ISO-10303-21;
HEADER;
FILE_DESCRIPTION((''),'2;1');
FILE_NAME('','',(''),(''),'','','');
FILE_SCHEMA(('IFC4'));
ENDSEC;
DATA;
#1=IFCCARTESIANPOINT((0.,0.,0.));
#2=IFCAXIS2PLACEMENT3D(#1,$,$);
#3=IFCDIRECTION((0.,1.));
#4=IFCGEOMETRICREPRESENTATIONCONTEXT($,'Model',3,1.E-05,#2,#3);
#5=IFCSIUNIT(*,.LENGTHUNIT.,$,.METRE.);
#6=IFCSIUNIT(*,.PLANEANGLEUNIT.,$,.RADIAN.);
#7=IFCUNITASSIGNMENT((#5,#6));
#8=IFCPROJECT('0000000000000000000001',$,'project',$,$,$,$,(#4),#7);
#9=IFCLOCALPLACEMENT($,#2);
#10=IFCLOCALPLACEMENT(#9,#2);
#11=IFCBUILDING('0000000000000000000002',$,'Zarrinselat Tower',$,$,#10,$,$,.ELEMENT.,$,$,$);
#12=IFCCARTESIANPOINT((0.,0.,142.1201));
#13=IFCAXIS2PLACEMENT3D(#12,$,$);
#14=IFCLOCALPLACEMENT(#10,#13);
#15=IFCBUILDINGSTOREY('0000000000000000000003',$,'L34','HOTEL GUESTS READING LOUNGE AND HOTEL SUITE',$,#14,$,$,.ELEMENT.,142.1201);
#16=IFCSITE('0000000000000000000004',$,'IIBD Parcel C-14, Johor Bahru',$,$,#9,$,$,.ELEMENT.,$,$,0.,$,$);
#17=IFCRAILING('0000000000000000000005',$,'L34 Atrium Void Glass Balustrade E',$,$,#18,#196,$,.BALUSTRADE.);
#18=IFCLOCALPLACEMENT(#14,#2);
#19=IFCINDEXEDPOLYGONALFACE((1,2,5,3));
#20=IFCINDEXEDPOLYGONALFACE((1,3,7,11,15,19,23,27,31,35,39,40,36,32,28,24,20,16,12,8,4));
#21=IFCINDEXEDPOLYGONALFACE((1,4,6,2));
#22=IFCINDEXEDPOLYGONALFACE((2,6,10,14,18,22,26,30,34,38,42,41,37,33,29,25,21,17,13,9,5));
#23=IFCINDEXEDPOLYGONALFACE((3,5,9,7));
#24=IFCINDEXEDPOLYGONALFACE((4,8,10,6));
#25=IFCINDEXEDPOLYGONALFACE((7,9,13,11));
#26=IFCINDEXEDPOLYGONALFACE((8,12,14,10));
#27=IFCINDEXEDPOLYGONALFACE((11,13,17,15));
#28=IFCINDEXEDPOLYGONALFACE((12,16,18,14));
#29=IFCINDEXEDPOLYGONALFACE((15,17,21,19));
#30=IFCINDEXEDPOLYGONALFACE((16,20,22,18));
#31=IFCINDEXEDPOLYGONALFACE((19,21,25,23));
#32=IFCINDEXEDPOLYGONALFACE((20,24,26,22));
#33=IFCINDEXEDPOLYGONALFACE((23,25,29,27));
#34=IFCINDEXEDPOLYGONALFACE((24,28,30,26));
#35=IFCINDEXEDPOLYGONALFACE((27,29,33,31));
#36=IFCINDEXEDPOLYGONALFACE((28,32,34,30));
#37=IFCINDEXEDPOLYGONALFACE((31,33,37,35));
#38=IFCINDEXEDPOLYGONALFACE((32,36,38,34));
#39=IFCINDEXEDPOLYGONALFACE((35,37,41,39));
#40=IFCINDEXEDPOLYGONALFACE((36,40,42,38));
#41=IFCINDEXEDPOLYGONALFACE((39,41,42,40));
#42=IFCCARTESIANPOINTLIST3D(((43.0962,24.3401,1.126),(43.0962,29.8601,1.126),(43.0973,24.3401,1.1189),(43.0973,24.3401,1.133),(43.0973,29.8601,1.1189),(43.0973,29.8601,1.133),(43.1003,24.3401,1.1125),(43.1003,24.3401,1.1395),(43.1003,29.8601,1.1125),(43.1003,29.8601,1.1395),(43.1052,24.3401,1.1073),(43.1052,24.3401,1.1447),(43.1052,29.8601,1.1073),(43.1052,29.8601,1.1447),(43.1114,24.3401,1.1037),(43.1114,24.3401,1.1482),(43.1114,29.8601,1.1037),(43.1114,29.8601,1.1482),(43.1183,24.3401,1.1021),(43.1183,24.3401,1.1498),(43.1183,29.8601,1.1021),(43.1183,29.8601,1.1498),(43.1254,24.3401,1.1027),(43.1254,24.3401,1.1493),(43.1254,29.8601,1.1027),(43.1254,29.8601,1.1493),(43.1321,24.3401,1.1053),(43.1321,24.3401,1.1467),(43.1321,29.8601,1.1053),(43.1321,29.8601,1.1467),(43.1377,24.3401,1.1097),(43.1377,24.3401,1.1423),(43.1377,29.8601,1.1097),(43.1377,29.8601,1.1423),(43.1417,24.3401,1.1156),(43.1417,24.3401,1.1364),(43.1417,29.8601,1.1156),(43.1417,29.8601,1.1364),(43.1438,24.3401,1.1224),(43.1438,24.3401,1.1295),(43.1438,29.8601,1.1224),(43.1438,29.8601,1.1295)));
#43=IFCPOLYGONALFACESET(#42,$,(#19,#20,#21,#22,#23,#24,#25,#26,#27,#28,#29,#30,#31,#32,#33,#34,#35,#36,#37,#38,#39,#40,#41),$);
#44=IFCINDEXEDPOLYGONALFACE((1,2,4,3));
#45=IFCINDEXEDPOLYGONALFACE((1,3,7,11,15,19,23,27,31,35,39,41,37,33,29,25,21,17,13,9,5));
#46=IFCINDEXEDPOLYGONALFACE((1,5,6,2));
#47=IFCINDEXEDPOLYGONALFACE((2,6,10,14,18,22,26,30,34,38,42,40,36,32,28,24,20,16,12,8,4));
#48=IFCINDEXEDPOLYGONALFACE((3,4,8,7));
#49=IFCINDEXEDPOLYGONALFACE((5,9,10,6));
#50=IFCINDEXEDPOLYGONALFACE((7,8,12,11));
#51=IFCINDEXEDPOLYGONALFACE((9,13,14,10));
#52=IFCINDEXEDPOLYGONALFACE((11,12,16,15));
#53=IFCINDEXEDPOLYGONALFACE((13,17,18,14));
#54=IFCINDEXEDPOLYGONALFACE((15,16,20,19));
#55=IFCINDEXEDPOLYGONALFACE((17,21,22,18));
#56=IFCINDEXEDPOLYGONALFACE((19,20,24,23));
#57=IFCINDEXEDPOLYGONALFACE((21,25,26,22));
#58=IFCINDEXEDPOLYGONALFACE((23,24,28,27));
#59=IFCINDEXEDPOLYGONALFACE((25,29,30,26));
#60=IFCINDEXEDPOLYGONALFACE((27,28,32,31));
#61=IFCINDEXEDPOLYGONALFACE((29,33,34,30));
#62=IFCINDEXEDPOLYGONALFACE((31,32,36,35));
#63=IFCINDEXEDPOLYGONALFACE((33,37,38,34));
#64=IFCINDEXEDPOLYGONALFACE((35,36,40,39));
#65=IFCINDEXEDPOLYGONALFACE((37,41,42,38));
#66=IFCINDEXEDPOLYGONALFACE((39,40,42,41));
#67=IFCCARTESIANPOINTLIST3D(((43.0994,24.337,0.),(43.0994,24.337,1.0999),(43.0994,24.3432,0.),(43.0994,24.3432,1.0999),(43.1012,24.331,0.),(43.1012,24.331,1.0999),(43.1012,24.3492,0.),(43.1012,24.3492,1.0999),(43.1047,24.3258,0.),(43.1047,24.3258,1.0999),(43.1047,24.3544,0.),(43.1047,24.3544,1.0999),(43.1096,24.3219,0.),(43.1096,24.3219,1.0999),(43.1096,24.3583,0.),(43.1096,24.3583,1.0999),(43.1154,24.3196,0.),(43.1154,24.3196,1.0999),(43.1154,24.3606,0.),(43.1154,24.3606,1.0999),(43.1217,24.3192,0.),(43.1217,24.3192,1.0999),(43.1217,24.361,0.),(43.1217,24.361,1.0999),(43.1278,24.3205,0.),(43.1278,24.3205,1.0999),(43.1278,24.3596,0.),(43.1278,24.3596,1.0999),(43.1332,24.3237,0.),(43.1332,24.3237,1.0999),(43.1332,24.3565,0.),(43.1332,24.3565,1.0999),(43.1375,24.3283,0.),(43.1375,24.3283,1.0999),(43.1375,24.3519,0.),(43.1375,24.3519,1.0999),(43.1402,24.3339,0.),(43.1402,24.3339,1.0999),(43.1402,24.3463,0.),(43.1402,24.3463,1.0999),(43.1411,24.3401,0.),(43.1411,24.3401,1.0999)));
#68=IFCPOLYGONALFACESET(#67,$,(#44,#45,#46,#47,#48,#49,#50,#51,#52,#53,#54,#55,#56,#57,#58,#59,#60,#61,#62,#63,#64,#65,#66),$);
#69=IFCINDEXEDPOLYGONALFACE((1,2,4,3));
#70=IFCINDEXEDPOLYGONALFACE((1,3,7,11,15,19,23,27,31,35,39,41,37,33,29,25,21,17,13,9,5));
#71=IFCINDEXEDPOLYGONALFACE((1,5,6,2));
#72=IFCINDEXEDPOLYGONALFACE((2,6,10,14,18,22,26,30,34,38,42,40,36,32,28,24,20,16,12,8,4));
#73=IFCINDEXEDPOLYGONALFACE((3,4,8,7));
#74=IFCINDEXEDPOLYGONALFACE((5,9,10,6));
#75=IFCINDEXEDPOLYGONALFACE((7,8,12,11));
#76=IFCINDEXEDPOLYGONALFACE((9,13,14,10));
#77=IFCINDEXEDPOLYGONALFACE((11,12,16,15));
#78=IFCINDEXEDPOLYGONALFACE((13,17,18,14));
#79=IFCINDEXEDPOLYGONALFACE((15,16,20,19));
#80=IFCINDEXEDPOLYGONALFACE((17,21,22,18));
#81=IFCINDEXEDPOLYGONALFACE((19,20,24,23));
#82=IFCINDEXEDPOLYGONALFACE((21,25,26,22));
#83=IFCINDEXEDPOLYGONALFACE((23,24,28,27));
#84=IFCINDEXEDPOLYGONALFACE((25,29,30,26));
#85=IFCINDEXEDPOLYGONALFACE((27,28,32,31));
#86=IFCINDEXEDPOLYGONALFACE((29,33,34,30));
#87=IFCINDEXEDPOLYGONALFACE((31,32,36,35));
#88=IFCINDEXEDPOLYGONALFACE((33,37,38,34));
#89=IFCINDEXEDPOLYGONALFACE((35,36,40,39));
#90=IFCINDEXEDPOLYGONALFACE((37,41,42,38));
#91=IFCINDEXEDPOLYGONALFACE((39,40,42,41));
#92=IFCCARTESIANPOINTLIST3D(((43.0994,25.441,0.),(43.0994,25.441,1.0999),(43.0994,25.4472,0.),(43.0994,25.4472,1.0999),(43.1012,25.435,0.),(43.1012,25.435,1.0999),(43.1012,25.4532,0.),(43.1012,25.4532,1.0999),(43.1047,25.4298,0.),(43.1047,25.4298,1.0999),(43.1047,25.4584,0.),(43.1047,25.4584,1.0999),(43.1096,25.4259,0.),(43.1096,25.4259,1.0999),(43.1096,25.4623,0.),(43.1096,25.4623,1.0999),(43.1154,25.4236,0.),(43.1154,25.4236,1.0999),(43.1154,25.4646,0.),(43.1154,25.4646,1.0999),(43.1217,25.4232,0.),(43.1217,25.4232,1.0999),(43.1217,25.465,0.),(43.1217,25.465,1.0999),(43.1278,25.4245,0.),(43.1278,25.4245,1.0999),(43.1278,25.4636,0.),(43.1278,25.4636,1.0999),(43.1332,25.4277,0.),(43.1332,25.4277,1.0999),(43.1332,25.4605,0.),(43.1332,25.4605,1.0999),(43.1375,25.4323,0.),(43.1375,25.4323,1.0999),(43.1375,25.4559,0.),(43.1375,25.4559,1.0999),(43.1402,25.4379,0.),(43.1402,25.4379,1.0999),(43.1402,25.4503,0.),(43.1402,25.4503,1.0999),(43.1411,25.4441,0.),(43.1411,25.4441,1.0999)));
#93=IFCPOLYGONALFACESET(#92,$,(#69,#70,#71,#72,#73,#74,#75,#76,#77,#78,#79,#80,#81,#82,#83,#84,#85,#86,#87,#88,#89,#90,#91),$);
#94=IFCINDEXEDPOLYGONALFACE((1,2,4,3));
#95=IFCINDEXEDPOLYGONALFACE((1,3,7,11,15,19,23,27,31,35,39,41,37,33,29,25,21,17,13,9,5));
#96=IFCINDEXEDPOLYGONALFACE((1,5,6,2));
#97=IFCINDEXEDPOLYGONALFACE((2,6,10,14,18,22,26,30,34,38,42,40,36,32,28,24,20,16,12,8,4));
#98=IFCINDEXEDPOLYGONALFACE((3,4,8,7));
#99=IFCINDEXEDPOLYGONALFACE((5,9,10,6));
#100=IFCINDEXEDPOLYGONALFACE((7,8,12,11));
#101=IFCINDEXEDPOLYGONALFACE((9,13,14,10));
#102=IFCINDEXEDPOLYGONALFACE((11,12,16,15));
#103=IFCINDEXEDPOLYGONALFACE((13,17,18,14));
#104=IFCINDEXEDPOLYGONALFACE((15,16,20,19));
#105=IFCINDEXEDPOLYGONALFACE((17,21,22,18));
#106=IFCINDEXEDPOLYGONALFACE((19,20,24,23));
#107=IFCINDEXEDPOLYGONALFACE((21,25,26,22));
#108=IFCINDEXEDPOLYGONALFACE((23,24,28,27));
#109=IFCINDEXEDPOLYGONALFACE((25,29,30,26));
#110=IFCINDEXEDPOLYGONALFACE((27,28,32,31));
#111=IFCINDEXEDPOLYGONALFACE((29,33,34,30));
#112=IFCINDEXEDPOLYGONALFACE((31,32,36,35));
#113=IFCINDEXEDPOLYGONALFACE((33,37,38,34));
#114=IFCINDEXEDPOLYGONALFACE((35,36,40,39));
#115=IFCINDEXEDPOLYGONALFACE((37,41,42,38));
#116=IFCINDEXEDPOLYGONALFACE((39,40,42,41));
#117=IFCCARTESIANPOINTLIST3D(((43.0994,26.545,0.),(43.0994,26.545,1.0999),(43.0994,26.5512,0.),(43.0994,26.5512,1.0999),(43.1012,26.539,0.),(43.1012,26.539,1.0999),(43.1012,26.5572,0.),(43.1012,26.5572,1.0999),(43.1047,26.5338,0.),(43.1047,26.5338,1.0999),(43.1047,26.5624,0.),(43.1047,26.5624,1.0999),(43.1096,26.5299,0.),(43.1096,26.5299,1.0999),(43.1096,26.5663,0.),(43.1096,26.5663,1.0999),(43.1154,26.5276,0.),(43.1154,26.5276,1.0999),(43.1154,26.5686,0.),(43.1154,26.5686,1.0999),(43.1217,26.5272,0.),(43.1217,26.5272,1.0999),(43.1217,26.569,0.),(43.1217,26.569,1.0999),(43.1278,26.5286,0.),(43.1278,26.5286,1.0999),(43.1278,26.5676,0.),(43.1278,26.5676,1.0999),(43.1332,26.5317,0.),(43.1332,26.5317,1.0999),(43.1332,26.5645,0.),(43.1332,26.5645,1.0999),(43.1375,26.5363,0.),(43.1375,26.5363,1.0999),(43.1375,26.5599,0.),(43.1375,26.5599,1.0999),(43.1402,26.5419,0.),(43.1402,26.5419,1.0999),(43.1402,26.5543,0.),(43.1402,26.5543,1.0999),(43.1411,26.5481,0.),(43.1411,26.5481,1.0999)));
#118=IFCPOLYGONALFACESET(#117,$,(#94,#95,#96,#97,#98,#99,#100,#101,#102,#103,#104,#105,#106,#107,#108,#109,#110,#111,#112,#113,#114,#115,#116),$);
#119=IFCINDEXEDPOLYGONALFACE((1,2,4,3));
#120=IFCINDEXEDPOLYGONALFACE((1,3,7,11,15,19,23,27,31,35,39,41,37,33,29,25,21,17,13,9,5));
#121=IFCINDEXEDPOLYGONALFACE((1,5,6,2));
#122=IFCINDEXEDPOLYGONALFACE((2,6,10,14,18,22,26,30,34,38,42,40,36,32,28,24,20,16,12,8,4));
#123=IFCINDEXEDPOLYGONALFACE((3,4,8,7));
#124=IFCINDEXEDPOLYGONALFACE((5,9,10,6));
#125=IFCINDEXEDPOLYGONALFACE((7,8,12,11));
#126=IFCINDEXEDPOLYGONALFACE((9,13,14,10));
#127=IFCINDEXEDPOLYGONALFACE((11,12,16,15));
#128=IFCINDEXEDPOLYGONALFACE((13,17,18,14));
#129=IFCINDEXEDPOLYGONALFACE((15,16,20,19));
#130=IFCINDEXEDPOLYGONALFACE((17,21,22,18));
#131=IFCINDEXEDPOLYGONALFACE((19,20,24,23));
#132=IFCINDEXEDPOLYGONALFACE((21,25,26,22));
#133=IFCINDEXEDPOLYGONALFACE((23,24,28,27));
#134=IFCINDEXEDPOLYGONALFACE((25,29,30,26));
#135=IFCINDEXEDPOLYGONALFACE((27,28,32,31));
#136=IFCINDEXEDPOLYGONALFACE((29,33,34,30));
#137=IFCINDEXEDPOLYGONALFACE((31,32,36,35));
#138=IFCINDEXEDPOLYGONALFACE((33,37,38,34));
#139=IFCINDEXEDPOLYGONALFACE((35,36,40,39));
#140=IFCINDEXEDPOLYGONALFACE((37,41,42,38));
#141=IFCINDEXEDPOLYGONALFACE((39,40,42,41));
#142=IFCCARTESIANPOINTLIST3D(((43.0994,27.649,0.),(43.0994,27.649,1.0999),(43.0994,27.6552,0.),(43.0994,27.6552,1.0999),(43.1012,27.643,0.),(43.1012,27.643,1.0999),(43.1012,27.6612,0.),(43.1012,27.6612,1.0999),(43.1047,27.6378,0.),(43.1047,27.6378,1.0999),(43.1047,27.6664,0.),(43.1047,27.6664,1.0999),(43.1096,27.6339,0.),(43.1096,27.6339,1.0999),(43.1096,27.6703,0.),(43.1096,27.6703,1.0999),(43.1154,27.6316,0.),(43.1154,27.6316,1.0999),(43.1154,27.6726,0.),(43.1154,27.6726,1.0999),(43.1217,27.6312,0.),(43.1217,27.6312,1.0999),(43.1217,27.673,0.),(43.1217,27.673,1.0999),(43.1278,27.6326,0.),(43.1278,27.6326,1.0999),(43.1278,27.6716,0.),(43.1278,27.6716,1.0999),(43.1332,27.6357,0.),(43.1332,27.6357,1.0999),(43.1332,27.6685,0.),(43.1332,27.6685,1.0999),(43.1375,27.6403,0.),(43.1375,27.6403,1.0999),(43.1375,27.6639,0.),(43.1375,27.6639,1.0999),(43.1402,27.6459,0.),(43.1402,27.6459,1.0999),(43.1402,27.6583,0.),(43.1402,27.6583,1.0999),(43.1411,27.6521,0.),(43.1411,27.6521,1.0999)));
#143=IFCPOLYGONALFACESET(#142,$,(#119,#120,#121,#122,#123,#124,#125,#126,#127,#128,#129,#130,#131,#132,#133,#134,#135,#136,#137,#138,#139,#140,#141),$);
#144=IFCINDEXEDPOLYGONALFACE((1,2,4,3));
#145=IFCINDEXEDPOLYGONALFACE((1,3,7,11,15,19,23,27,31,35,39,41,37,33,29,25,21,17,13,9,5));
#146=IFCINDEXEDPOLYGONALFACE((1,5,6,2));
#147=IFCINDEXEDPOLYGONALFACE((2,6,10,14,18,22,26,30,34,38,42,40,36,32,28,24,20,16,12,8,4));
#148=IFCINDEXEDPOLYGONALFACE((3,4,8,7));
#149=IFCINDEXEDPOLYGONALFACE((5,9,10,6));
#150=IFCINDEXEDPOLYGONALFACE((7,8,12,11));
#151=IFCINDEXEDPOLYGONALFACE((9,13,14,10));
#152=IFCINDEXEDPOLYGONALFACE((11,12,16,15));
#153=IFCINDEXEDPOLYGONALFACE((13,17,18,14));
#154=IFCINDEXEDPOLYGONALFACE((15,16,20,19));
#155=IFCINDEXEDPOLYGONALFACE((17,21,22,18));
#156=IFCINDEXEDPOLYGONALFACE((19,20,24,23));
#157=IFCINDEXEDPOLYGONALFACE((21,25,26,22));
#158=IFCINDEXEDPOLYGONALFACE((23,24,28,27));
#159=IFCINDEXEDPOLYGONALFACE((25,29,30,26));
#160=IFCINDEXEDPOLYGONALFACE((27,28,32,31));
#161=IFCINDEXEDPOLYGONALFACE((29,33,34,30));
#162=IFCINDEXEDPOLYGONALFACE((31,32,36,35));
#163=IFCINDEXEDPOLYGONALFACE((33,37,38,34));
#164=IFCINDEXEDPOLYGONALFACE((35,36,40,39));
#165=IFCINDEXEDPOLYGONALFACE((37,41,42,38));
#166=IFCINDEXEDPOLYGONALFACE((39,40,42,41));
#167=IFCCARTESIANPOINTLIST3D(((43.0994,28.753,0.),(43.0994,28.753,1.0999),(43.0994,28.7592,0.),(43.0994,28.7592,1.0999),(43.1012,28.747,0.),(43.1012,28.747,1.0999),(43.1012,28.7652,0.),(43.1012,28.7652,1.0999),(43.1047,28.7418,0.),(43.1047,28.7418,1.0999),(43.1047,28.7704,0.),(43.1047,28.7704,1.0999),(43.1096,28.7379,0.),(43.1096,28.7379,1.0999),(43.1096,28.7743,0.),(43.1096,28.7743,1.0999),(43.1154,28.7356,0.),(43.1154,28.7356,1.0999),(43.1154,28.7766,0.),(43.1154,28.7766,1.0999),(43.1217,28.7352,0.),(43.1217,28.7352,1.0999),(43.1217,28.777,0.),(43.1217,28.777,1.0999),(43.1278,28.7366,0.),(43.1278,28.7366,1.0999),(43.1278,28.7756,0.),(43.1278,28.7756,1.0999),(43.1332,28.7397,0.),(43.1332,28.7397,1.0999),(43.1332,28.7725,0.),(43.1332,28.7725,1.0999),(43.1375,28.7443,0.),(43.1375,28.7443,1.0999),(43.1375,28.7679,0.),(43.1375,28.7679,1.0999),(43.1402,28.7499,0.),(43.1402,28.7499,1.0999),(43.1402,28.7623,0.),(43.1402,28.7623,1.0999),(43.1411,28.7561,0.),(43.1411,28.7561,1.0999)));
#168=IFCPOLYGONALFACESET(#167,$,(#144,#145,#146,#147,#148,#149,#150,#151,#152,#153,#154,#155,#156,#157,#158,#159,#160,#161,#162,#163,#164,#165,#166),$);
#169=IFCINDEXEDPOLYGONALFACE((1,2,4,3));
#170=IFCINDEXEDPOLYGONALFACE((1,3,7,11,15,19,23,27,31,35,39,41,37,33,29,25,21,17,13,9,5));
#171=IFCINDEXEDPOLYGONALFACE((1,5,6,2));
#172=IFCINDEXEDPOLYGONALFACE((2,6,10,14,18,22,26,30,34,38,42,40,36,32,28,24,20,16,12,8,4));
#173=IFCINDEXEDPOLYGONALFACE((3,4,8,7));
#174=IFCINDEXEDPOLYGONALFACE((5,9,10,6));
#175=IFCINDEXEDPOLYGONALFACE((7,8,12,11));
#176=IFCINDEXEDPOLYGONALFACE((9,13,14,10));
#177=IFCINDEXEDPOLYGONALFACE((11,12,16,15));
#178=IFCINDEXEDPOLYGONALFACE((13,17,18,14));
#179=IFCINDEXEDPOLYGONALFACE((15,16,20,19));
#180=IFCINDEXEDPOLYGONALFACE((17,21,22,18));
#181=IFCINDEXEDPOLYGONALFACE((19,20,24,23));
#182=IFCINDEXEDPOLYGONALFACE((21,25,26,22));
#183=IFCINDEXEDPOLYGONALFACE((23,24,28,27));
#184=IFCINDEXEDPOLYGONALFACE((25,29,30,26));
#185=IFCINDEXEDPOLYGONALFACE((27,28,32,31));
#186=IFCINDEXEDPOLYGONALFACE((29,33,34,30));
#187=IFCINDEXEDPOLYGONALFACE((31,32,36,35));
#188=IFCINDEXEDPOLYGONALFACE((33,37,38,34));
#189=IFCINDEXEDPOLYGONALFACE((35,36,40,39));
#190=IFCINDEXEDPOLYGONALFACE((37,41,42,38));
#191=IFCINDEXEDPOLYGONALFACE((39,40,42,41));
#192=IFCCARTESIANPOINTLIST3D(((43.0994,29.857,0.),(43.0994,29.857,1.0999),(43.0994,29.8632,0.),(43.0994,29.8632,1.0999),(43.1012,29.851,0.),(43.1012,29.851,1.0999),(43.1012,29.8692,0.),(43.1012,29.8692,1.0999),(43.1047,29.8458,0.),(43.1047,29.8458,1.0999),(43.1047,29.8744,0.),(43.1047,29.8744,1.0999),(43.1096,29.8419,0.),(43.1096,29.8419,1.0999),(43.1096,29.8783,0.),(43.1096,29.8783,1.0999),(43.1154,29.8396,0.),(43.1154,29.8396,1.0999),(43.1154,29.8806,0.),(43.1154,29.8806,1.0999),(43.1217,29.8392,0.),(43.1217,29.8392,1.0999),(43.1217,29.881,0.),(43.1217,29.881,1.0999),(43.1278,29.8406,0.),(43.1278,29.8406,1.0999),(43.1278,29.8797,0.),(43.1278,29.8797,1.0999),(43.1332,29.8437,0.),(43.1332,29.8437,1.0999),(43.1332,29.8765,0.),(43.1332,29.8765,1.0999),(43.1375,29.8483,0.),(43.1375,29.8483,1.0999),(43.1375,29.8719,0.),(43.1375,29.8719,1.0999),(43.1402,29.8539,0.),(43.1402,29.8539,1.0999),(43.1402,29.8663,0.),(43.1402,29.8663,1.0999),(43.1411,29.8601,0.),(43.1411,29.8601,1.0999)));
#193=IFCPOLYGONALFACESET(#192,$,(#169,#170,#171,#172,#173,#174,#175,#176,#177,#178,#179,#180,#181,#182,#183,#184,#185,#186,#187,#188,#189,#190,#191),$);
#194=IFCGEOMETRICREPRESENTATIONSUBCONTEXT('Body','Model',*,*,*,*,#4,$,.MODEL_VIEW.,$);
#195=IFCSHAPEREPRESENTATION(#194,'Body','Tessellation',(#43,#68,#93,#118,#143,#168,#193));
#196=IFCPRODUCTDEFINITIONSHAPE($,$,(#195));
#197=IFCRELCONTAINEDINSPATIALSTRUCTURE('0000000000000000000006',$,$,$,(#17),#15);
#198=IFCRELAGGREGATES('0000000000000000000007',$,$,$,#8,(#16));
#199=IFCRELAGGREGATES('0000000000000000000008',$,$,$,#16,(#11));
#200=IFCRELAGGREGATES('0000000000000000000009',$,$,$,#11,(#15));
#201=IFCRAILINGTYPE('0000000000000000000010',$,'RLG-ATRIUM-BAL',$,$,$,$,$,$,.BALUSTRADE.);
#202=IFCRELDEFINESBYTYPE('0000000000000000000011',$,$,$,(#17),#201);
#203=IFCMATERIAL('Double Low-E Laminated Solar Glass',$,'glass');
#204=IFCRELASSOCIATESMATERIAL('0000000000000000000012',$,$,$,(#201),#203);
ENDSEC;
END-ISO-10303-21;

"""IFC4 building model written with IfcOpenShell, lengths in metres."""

from ifc_helpers import new_model, si_unit, direction, frame, origin, origin_2d, place, context, subcontext, project, spatial, circle, extrude, material, type_object, element, save


model = new_model("IFC4")

# Units and contexts
model_context = context("Model", 3, precision=1e-05, world=origin(), true_north=direction((0.0, 1.0)))
body_context = subcontext(model_context, "Body", "Model", "MODEL_VIEW")
ifc_project = project(units=[si_unit("LENGTHUNIT", "METRE"), si_unit("PLANEANGLEUNIT", "RADIAN")], contexts=[model_context])

# Site, building, storey
site_placement = place(None, origin())
site = spatial("IfcSite", under=ifc_project, at=site_placement, Name="IIBD Parcel C-14, Johor Bahru", CompositionType="ELEMENT", RefElevation=0.0)
building_placement = place(site_placement, origin())
building = spatial("IfcBuilding", under=site, at=building_placement, Name="Zarrinselat Tower", CompositionType="ELEMENT")
storey_placement = place(building_placement, frame((0.0, 0.0, 142.1201)))
storey = spatial("IfcBuildingStorey", under=building, at=storey_placement, Name="L34", Description="HOTEL GUESTS READING LOUNGE AND HOTEL SUITE", CompositionType="ELEMENT", Elevation=142.1201)

# Railing
ifc_material_1 = material(Name="Double Low-E Laminated Solar Glass", Category="glass")
railing_type = type_object("IfcRailingType", Name="RLG-ATRIUM-BAL", PredefinedType="BALUSTRADE", material=ifc_material_1)
railing_1_placement = place(storey_placement, frame((43.1201, 24.3401, 0.0)))
element("IfcRailing", 1, at=railing_1_placement, inside=storey, type_object=railing_type, Name="L34 Atrium Void Glass Balustrade E", PredefinedType="BALUSTRADE", context=body_context, shape_type="SweptSolid", body=[
    extrude(circle(Radius=0.0239, at=origin_2d()), frame((0.0, 0.0, 1.126), z_axis=(0.0, 1.0, 0.0), x_axis=(-1.0, 0.0, 0.0)), (0.0, 0.0, 1.0), 5.52),
    extrude(circle(Radius=0.021, at=origin_2d()), origin(), (0.0, 0.0, 1.0), 1.0999),
    extrude(circle(Radius=0.021, at=origin_2d()), frame((0.0, 1.104, 0.0)), (0.0, 0.0, 1.0), 1.0999),
    extrude(circle(Radius=0.021, at=origin_2d()), frame((0.0, 2.208, 0.0)), (0.0, 0.0, 1.0), 1.0999),
    extrude(circle(Radius=0.021, at=origin_2d()), frame((0.0, 3.312, 0.0)), (0.0, 0.0, 1.0), 1.0999),
    extrude(circle(Radius=0.021, at=origin_2d()), frame((0.0, 4.416, 0.0)), (0.0, 0.0, 1.0), 1.0999),
    extrude(circle(Radius=0.021, at=origin_2d()), frame((0.0, 5.52, 0.0)), (0.0, 0.0, 1.0), 1.0999),
])

save(model, "model.ifc")
